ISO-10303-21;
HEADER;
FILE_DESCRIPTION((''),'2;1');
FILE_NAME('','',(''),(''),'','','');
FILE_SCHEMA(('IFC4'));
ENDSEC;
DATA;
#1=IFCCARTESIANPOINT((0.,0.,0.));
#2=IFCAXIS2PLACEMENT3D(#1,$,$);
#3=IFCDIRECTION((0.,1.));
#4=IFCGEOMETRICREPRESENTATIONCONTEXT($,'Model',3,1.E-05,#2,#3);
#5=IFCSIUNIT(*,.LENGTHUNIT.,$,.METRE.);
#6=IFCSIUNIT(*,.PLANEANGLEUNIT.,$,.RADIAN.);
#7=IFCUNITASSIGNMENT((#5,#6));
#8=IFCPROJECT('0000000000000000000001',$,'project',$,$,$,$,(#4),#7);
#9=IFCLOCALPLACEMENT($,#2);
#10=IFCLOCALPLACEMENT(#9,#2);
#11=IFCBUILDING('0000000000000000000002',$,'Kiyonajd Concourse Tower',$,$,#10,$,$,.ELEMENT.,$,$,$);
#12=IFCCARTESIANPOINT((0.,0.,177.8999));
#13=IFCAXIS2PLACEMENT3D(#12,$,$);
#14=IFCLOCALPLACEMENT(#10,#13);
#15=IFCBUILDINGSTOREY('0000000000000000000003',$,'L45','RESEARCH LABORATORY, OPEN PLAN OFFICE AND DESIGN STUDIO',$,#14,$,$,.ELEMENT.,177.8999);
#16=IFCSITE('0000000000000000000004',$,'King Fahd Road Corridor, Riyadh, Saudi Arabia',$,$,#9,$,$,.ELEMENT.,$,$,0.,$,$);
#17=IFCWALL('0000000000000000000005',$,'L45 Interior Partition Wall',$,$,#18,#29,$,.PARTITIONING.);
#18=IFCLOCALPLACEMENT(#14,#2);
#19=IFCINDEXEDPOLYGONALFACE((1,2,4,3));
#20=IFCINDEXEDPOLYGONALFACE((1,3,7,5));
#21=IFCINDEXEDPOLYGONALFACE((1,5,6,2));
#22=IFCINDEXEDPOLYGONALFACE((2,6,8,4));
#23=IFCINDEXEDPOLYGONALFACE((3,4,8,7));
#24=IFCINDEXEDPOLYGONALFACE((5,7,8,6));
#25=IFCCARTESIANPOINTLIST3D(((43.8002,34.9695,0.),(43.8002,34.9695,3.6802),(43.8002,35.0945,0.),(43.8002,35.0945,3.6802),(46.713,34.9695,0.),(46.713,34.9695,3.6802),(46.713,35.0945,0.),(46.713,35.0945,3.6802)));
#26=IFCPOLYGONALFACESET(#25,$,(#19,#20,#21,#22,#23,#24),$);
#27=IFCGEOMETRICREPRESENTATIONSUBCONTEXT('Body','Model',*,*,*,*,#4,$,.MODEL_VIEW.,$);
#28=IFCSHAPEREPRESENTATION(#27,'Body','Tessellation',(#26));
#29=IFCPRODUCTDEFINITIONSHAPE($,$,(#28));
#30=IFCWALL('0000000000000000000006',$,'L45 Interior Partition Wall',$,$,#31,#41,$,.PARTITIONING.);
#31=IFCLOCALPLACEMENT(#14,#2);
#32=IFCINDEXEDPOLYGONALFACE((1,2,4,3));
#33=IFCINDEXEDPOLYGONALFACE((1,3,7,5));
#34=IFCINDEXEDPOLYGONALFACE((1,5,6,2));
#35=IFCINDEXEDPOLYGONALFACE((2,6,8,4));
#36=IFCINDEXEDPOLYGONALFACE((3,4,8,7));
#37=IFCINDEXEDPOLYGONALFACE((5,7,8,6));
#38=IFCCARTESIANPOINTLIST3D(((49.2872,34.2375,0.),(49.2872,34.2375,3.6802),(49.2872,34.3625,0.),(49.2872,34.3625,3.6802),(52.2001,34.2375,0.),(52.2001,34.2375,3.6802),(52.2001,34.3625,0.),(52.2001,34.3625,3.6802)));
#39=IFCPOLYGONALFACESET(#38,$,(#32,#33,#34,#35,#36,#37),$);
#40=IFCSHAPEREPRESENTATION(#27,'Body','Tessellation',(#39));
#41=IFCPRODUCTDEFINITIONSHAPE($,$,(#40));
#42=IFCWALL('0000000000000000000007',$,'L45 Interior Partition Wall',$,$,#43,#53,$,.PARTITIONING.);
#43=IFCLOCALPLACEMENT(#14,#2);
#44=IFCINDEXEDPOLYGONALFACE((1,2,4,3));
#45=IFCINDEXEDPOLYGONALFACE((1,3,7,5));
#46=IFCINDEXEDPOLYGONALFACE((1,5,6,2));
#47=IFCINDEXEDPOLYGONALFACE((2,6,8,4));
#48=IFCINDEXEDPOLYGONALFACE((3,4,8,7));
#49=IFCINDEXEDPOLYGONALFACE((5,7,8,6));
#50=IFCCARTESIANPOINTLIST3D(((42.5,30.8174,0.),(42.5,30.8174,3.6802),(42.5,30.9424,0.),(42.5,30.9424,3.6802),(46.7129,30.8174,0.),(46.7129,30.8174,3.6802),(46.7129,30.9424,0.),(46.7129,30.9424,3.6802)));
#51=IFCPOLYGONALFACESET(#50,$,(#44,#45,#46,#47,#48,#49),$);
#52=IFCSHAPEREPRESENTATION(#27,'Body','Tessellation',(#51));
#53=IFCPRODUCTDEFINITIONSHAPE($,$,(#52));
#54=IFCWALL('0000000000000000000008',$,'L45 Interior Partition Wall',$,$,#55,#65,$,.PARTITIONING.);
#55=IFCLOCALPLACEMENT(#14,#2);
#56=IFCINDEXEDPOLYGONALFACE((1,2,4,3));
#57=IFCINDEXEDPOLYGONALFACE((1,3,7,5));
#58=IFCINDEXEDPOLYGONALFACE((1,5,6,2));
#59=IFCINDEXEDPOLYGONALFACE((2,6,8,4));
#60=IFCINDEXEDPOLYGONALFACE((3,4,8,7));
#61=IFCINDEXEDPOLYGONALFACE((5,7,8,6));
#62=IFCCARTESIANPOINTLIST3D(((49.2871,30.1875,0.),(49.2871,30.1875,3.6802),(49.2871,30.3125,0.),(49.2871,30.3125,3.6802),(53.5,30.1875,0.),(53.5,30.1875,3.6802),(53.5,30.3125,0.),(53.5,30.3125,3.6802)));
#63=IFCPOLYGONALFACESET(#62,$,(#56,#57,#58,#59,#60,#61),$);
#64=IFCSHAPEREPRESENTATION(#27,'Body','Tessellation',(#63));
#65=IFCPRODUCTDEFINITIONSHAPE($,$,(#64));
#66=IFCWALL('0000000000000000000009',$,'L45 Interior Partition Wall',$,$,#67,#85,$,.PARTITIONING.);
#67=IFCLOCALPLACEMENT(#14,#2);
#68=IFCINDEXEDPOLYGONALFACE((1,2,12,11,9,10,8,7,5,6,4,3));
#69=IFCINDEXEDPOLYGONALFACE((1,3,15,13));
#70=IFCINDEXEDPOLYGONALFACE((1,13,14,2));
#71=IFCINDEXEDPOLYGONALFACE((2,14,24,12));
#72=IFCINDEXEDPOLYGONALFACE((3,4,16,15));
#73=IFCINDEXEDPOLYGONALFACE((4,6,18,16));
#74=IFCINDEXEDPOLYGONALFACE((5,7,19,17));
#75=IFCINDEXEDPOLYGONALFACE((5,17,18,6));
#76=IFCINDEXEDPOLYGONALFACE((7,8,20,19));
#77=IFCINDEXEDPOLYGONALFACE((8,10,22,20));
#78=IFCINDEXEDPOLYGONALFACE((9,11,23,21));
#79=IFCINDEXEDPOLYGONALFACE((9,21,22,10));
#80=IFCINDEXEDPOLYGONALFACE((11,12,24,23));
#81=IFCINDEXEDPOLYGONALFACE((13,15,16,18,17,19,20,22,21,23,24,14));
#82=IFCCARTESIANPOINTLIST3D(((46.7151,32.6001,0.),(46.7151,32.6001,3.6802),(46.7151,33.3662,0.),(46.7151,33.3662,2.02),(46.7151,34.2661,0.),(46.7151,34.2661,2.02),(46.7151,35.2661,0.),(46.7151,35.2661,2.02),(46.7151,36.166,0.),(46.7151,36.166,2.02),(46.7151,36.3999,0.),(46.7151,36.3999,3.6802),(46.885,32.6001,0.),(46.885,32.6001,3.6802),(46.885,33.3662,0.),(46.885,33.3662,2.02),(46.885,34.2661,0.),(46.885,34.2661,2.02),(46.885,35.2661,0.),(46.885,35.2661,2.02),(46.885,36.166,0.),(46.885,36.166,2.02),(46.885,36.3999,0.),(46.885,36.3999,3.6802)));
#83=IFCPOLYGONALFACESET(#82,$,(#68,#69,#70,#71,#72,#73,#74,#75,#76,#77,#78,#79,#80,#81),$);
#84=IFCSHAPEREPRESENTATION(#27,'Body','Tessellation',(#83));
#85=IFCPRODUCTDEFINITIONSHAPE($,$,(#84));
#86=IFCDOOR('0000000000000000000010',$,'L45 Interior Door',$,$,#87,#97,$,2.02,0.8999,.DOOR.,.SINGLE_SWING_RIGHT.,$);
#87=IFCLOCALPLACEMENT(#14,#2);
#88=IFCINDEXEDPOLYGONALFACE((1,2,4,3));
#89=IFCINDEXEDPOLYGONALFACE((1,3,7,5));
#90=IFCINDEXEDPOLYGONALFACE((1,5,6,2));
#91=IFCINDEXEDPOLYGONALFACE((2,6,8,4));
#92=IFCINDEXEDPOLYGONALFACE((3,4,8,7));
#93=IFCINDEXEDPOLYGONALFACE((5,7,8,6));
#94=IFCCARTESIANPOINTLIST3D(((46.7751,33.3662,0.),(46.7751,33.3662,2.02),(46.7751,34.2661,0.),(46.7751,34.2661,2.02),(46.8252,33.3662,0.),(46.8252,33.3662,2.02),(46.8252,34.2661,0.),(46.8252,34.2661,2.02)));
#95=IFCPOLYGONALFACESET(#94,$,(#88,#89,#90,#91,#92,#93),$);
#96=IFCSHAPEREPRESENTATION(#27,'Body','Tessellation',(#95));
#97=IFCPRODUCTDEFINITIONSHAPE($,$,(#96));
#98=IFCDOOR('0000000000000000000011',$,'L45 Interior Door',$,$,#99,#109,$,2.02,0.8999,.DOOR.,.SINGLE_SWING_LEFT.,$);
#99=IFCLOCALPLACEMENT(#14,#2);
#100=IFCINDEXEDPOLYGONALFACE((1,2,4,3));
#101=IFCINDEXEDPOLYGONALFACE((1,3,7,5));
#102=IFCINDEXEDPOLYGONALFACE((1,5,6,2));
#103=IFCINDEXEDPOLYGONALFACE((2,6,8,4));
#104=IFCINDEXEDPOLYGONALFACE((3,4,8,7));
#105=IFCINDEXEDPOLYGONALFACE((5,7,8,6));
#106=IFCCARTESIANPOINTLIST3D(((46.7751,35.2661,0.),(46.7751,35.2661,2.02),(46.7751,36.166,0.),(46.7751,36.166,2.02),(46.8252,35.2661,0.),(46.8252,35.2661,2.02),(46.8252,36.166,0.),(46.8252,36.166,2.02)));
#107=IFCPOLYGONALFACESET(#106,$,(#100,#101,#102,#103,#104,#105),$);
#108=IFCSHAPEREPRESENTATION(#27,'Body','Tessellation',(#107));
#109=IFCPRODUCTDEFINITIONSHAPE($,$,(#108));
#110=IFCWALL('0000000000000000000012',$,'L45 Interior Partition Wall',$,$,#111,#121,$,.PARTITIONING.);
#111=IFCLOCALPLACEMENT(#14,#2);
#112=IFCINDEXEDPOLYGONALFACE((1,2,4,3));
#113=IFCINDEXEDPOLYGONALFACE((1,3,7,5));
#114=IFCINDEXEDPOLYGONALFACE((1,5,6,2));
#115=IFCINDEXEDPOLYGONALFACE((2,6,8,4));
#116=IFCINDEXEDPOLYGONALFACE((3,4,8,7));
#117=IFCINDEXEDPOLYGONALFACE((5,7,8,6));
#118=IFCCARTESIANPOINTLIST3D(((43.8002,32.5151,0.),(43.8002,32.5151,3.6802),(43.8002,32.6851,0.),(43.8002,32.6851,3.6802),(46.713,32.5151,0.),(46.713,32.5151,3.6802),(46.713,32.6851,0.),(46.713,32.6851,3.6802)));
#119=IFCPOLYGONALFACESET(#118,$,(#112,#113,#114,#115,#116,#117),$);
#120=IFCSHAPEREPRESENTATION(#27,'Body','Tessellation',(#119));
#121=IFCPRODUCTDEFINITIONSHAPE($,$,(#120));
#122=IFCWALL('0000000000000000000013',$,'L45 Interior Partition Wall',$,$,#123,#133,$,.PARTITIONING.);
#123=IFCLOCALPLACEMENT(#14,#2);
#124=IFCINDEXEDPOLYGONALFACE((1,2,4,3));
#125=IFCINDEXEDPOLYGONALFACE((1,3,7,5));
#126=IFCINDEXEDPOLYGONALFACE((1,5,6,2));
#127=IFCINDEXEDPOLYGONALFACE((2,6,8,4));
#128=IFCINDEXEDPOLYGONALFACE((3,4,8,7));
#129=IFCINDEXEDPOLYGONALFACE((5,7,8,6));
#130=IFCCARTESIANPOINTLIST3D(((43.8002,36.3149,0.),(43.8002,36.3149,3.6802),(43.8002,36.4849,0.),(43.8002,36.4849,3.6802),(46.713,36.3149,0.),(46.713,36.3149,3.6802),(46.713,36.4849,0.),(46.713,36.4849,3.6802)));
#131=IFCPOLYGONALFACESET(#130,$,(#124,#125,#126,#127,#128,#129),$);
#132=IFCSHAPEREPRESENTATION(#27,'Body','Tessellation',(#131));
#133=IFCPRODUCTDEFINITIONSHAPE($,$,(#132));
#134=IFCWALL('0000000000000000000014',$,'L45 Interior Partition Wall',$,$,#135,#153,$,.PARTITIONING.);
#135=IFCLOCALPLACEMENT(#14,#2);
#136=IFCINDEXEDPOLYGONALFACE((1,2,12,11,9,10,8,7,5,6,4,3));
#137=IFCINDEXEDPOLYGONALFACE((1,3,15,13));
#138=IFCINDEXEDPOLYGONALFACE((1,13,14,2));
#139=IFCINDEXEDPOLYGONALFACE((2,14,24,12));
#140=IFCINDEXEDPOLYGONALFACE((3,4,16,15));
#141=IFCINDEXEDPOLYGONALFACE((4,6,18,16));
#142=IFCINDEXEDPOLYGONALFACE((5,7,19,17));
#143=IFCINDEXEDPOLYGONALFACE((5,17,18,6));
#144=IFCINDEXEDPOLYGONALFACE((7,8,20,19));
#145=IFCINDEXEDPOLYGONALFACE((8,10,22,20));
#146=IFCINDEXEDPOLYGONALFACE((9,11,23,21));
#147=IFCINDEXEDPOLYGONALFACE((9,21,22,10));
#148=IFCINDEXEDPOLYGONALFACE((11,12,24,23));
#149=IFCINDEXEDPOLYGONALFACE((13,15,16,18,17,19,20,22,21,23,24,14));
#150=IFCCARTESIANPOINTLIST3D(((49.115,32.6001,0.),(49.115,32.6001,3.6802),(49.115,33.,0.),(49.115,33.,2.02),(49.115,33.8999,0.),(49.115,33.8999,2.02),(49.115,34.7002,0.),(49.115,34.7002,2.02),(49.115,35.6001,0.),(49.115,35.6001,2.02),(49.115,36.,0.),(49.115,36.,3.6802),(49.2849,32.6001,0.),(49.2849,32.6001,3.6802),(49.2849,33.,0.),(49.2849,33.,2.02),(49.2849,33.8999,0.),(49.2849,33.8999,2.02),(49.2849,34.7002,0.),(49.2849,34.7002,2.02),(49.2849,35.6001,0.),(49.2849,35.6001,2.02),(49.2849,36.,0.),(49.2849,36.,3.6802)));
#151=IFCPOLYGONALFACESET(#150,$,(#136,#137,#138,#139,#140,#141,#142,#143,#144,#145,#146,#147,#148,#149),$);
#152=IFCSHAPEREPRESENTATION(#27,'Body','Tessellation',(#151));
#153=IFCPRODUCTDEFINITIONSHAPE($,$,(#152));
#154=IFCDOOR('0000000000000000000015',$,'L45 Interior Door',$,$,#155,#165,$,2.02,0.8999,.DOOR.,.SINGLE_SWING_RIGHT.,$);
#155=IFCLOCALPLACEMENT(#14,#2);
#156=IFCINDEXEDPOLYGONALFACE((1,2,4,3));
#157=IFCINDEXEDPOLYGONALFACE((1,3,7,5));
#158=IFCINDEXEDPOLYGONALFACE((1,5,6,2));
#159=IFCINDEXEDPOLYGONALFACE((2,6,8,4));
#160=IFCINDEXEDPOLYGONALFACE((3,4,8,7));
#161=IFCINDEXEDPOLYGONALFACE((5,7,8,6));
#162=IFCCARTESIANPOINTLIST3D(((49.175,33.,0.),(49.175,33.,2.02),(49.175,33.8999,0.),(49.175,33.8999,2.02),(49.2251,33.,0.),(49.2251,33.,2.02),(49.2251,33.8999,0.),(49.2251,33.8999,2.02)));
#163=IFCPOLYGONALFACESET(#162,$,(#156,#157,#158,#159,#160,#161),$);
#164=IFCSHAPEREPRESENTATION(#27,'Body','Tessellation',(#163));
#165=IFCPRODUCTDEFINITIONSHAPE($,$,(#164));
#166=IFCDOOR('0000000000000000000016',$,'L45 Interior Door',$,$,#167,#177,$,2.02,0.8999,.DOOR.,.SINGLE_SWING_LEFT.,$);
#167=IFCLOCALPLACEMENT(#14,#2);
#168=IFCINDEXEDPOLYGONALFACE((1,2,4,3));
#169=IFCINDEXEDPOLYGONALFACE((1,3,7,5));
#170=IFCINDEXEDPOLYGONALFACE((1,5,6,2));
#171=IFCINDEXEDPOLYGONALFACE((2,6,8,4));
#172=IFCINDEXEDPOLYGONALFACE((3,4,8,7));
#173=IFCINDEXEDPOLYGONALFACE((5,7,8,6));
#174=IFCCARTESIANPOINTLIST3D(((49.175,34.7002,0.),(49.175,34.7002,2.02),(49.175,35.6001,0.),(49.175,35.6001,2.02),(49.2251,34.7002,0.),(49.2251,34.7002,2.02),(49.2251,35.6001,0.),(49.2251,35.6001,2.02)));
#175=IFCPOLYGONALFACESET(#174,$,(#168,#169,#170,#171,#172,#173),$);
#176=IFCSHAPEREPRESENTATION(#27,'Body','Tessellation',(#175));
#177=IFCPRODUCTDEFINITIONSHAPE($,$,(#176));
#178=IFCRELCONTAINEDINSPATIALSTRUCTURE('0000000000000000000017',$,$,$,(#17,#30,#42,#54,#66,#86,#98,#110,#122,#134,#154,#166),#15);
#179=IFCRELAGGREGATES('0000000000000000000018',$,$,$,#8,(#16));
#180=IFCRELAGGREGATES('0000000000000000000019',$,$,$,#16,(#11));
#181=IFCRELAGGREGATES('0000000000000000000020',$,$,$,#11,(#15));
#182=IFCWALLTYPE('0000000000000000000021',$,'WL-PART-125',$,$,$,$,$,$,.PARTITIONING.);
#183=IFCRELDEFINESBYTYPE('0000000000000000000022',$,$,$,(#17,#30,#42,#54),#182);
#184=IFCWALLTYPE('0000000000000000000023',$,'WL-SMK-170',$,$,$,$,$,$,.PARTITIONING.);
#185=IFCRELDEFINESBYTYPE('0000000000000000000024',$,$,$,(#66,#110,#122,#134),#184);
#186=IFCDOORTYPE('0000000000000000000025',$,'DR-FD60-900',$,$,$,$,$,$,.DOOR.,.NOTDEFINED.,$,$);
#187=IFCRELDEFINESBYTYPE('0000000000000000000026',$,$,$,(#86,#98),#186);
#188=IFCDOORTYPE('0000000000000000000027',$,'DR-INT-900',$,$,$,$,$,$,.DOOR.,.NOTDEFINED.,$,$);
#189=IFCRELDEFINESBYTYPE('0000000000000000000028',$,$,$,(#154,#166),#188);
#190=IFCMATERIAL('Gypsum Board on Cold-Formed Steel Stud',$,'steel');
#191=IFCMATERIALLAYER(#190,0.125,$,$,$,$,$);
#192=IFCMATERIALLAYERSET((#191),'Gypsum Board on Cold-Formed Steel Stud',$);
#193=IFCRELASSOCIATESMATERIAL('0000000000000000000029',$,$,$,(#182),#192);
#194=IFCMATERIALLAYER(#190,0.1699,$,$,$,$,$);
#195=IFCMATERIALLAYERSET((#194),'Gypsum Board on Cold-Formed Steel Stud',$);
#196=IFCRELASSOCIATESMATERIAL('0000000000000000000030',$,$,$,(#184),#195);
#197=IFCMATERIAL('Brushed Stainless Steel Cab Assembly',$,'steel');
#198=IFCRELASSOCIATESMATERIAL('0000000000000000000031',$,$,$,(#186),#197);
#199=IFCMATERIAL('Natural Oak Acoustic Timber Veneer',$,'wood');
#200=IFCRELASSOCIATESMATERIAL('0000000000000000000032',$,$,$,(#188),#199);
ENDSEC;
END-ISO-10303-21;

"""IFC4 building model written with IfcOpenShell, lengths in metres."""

from ifc_helpers import new_model, si_unit, direction, frame, frame_2d, origin, place, context, subcontext, project, spatial, rectangle, extrude, material, layer, layer_set, type_object, element, fill, save


model = new_model("IFC4")

# Units and contexts
model_context = context("Model", 3, precision=1e-05, world=origin(), true_north=direction((0.0, 1.0)))
body_context = subcontext(model_context, "Body", "Model", "MODEL_VIEW")
ifc_project = project(units=[si_unit("LENGTHUNIT", "METRE"), si_unit("PLANEANGLEUNIT", "RADIAN")], contexts=[model_context])

# Site, building, storey
site_placement = place(None, origin())
site = spatial("IfcSite", under=ifc_project, at=site_placement, Name="King Fahd Road Corridor, Riyadh, Saudi Arabia", CompositionType="ELEMENT", RefElevation=0.0)
building_placement = place(site_placement, origin())
building = spatial("IfcBuilding", under=site, at=building_placement, Name="Kiyonajd Concourse Tower", CompositionType="ELEMENT")
storey_placement = place(building_placement, frame((0.0, 0.0, 177.8999)))
storey = spatial("IfcBuildingStorey", under=building, at=storey_placement, Name="L45", Description="RESEARCH LABORATORY, OPEN PLAN OFFICE AND DESIGN STUDIO", CompositionType="ELEMENT", Elevation=177.8999)

# Walls
ifc_material_1 = material(Name="Gypsum Board on Cold-Formed Steel Stud", Category="steel")
ifc_layer_1 = layer(ifc_material_1, 0.125)
ifc_layer_set_1 = layer_set([ifc_layer_1], Name="Gypsum Board on Cold-Formed Steel Stud")
wall_type_1 = type_object("IfcWallType", Name="WL-PART-125", PredefinedType="PARTITIONING", material=ifc_layer_set_1)
for number, where, z_axis, x_axis, name in (
    (1, (43.8, 35.032, 0.0), (0.0, 0.0, 1.0), (1.0, 0.0, 0.0), "L45 Interior Partition Wall"),
    (2, (49.2871, 34.3, 0.0), (0.0, 0.0, 1.0), (1.0, 0.0, 0.0), "L45 Interior Partition Wall"),
):
    element("IfcWall", number, at=place(storey_placement, frame(where, z_axis=z_axis, x_axis=x_axis)), inside=storey, type_object=wall_type_1, Name=name, PredefinedType="PARTITIONING", context=body_context, shape_type="SweptSolid", body=[
        extrude(rectangle(XDim=2.9128, YDim=0.125, at=frame_2d((1.4565, 0.0))), origin(), (0.0, 0.0, 1.0), 3.6802),
    ])
for number, where, z_axis, x_axis, name in (
    (3, (42.5, 30.8799, 0.0), (0.0, 0.0, 1.0), (1.0, 0.0, 0.0), "L45 Interior Partition Wall"),
    (4, (49.2871, 30.25, 0.0), (0.0, 0.0, 1.0), (1.0, 0.0, 0.0), "L45 Interior Partition Wall"),
):
    element("IfcWall", number, at=place(storey_placement, frame(where, z_axis=z_axis, x_axis=x_axis)), inside=storey, type_object=wall_type_1, Name=name, PredefinedType="PARTITIONING", context=body_context, shape_type="SweptSolid", body=[
        extrude(rectangle(XDim=4.2129, YDim=0.125, at=frame_2d((2.1064, 0.0))), origin(), (0.0, 0.0, 1.0), 3.6802),
    ])

# Wall, openings, doors
ifc_layer_2 = layer(ifc_material_1, 0.1699)
ifc_layer_set_2 = layer_set([ifc_layer_2], Name="Gypsum Board on Cold-Formed Steel Stud")
wall_type_2 = type_object("IfcWallType", Name="WL-SMK-170", PredefinedType="PARTITIONING", material=ifc_layer_set_2)
wall_1_placement = place(storey_placement, frame((46.8, 32.6001, 0.0), z_axis=(0.0, 0.0, 1.0), x_axis=(0.0, 1.0, 0.0)))
wall_1 = element("IfcWall", 5, at=wall_1_placement, inside=storey, type_object=wall_type_2, Name="L45 Interior Partition Wall", PredefinedType="PARTITIONING", context=body_context, shape_type="SweptSolid", body=[
    extrude(rectangle(XDim=3.7998, YDim=0.1699, at=frame_2d((1.8999, 0.0))), origin(), (0.0, 0.0, 1.0), 3.6802),
])
opening_1_placement = place(wall_1_placement, frame((0.7661, 0.0, 0.0)))
opening_1 = element("IfcOpeningElement", 6, at=opening_1_placement, cuts=wall_1, PredefinedType="OPENING", context=body_context, shape_type="SweptSolid", body=[
    extrude(rectangle(XDim=0.8999, YDim=2.02, at=frame_2d((0.45, 1.01))), frame((0.0, 0.095, 0.0), z_axis=(0.0, -1.0, 0.0), x_axis=(1.0, 0.0, 0.0)), (0.0, 0.0, 1.0), 0.1899),
])
opening_2_placement = place(wall_1_placement, frame((2.666, 0.0, 0.0)))
opening_2 = element("IfcOpeningElement", 7, at=opening_2_placement, cuts=wall_1, PredefinedType="OPENING", context=body_context, shape_type="SweptSolid", body=[
    extrude(rectangle(XDim=0.8999, YDim=2.02, at=frame_2d((0.45, 1.01))), frame((0.0, 0.095, 0.0), z_axis=(0.0, -1.0, 0.0), x_axis=(1.0, 0.0, 0.0)), (0.0, 0.0, 1.0), 0.1899),
])
ifc_material_2 = material(Name="Brushed Stainless Steel Cab Assembly", Category="steel")
door_type_1 = type_object("IfcDoorType", Name="DR-FD60-900", OperationType="NOTDEFINED", PredefinedType="DOOR", material=ifc_material_2)
door_1_placement = place(opening_1_placement, origin())
door_1 = element("IfcDoor", 8, at=door_1_placement, inside=storey, type_object=door_type_1, Name="L45 Interior Door", OperationType="SINGLE_SWING_RIGHT", OverallHeight=2.02, OverallWidth=0.8999, PredefinedType="DOOR", context=body_context, shape_type="SweptSolid", body=[
    extrude(rectangle(XDim=0.8999, YDim=2.02, at=frame_2d((0.45, 1.01))), frame((0.0, 0.0249, 0.0), z_axis=(0.0, -1.0, 0.0), x_axis=(1.0, 0.0, 0.0)), (0.0, 0.0, 1.0), 0.05),
])
fill(opening_1, door_1)
door_2_placement = place(opening_2_placement, origin())
door_2 = element("IfcDoor", 9, at=door_2_placement, inside=storey, type_object=door_type_1, Name="L45 Interior Door", OperationType="SINGLE_SWING_LEFT", OverallHeight=2.02, OverallWidth=0.8999, PredefinedType="DOOR", context=body_context, shape_type="SweptSolid", body=[
    extrude(rectangle(XDim=0.8999, YDim=2.02, at=frame_2d((0.45, 1.01))), frame((0.0, 0.0249, 0.0), z_axis=(0.0, -1.0, 0.0), x_axis=(1.0, 0.0, 0.0)), (0.0, 0.0, 1.0), 0.05),
])
fill(opening_2, door_2)

# Walls
for number, where, z_axis, x_axis, name in (
    (10, (43.8, 32.6001, 0.0), (0.0, 0.0, 1.0), (1.0, 0.0, 0.0), "L45 Interior Partition Wall"),
    (11, (43.8, 36.3999, 0.0), (0.0, 0.0, 1.0), (1.0, 0.0, 0.0), "L45 Interior Partition Wall"),
):
    element("IfcWall", number, at=place(storey_placement, frame(where, z_axis=z_axis, x_axis=x_axis)), inside=storey, type_object=wall_type_2, Name=name, PredefinedType="PARTITIONING", context=body_context, shape_type="SweptSolid", body=[
        extrude(rectangle(XDim=2.9128, YDim=0.1699, at=frame_2d((1.4565, 0.0))), origin(), (0.0, 0.0, 1.0), 3.6802),
    ])

# Wall, openings, doors
wall_2_placement = place(storey_placement, frame((49.2, 32.6001, 0.0), z_axis=(0.0, 0.0, 1.0), x_axis=(0.0, 1.0, 0.0)))
wall_2 = element("IfcWall", 12, at=wall_2_placement, inside=storey, type_object=wall_type_2, Name="L45 Interior Partition Wall", PredefinedType="PARTITIONING", context=body_context, shape_type="SweptSolid", body=[
    extrude(rectangle(XDim=3.3999, YDim=0.1699, at=frame_2d((1.7, 0.0))), origin(), (0.0, 0.0, 1.0), 3.6802),
])
opening_3_placement = place(wall_2_placement, frame((0.3999, 0.0, 0.0)))
opening_3 = element("IfcOpeningElement", 13, at=opening_3_placement, cuts=wall_2, PredefinedType="OPENING", context=body_context, shape_type="SweptSolid", body=[
    extrude(rectangle(XDim=0.8999, YDim=2.02, at=frame_2d((0.45, 1.01))), frame((0.0, 0.095, 0.0), z_axis=(0.0, -1.0, 0.0), x_axis=(1.0, 0.0, 0.0)), (0.0, 0.0, 1.0), 0.1899),
])
opening_4_placement = place(wall_2_placement, frame((2.1001, 0.0, 0.0)))
opening_4 = element("IfcOpeningElement", 14, at=opening_4_placement, cuts=wall_2, PredefinedType="OPENING", context=body_context, shape_type="SweptSolid", body=[
    extrude(rectangle(XDim=0.8999, YDim=2.02, at=frame_2d((0.45, 1.01))), frame((0.0, 0.095, 0.0), z_axis=(0.0, -1.0, 0.0), x_axis=(1.0, 0.0, 0.0)), (0.0, 0.0, 1.0), 0.1899),
])
ifc_material_3 = material(Name="Natural Oak Acoustic Timber Veneer", Category="wood")
door_type_2 = type_object("IfcDoorType", Name="DR-INT-900", OperationType="NOTDEFINED", PredefinedType="DOOR", material=ifc_material_3)
door_3_placement = place(opening_3_placement, origin())
door_3 = element("IfcDoor", 15, at=door_3_placement, inside=storey, type_object=door_type_2, Name="L45 Interior Door", OperationType="SINGLE_SWING_RIGHT", OverallHeight=2.02, OverallWidth=0.8999, PredefinedType="DOOR", context=body_context, shape_type="SweptSolid", body=[
    extrude(rectangle(XDim=0.8999, YDim=2.02, at=frame_2d((0.45, 1.01))), frame((0.0, 0.0249, 0.0), z_axis=(0.0, -1.0, 0.0), x_axis=(1.0, 0.0, 0.0)), (0.0, 0.0, 1.0), 0.05),
])
fill(opening_3, door_3)
door_4_placement = place(opening_4_placement, origin())
door_4 = element("IfcDoor", 16, at=door_4_placement, inside=storey, type_object=door_type_2, Name="L45 Interior Door", OperationType="SINGLE_SWING_LEFT", OverallHeight=2.02, OverallWidth=0.8999, PredefinedType="DOOR", context=body_context, shape_type="SweptSolid", body=[
    extrude(rectangle(XDim=0.8999, YDim=2.02, at=frame_2d((0.45, 1.01))), frame((0.0, 0.0249, 0.0), z_axis=(0.0, -1.0, 0.0), x_axis=(1.0, 0.0, 0.0)), (0.0, 0.0, 1.0), 0.05),
])
fill(opening_4, door_4)

save(model, "model.ifc")
